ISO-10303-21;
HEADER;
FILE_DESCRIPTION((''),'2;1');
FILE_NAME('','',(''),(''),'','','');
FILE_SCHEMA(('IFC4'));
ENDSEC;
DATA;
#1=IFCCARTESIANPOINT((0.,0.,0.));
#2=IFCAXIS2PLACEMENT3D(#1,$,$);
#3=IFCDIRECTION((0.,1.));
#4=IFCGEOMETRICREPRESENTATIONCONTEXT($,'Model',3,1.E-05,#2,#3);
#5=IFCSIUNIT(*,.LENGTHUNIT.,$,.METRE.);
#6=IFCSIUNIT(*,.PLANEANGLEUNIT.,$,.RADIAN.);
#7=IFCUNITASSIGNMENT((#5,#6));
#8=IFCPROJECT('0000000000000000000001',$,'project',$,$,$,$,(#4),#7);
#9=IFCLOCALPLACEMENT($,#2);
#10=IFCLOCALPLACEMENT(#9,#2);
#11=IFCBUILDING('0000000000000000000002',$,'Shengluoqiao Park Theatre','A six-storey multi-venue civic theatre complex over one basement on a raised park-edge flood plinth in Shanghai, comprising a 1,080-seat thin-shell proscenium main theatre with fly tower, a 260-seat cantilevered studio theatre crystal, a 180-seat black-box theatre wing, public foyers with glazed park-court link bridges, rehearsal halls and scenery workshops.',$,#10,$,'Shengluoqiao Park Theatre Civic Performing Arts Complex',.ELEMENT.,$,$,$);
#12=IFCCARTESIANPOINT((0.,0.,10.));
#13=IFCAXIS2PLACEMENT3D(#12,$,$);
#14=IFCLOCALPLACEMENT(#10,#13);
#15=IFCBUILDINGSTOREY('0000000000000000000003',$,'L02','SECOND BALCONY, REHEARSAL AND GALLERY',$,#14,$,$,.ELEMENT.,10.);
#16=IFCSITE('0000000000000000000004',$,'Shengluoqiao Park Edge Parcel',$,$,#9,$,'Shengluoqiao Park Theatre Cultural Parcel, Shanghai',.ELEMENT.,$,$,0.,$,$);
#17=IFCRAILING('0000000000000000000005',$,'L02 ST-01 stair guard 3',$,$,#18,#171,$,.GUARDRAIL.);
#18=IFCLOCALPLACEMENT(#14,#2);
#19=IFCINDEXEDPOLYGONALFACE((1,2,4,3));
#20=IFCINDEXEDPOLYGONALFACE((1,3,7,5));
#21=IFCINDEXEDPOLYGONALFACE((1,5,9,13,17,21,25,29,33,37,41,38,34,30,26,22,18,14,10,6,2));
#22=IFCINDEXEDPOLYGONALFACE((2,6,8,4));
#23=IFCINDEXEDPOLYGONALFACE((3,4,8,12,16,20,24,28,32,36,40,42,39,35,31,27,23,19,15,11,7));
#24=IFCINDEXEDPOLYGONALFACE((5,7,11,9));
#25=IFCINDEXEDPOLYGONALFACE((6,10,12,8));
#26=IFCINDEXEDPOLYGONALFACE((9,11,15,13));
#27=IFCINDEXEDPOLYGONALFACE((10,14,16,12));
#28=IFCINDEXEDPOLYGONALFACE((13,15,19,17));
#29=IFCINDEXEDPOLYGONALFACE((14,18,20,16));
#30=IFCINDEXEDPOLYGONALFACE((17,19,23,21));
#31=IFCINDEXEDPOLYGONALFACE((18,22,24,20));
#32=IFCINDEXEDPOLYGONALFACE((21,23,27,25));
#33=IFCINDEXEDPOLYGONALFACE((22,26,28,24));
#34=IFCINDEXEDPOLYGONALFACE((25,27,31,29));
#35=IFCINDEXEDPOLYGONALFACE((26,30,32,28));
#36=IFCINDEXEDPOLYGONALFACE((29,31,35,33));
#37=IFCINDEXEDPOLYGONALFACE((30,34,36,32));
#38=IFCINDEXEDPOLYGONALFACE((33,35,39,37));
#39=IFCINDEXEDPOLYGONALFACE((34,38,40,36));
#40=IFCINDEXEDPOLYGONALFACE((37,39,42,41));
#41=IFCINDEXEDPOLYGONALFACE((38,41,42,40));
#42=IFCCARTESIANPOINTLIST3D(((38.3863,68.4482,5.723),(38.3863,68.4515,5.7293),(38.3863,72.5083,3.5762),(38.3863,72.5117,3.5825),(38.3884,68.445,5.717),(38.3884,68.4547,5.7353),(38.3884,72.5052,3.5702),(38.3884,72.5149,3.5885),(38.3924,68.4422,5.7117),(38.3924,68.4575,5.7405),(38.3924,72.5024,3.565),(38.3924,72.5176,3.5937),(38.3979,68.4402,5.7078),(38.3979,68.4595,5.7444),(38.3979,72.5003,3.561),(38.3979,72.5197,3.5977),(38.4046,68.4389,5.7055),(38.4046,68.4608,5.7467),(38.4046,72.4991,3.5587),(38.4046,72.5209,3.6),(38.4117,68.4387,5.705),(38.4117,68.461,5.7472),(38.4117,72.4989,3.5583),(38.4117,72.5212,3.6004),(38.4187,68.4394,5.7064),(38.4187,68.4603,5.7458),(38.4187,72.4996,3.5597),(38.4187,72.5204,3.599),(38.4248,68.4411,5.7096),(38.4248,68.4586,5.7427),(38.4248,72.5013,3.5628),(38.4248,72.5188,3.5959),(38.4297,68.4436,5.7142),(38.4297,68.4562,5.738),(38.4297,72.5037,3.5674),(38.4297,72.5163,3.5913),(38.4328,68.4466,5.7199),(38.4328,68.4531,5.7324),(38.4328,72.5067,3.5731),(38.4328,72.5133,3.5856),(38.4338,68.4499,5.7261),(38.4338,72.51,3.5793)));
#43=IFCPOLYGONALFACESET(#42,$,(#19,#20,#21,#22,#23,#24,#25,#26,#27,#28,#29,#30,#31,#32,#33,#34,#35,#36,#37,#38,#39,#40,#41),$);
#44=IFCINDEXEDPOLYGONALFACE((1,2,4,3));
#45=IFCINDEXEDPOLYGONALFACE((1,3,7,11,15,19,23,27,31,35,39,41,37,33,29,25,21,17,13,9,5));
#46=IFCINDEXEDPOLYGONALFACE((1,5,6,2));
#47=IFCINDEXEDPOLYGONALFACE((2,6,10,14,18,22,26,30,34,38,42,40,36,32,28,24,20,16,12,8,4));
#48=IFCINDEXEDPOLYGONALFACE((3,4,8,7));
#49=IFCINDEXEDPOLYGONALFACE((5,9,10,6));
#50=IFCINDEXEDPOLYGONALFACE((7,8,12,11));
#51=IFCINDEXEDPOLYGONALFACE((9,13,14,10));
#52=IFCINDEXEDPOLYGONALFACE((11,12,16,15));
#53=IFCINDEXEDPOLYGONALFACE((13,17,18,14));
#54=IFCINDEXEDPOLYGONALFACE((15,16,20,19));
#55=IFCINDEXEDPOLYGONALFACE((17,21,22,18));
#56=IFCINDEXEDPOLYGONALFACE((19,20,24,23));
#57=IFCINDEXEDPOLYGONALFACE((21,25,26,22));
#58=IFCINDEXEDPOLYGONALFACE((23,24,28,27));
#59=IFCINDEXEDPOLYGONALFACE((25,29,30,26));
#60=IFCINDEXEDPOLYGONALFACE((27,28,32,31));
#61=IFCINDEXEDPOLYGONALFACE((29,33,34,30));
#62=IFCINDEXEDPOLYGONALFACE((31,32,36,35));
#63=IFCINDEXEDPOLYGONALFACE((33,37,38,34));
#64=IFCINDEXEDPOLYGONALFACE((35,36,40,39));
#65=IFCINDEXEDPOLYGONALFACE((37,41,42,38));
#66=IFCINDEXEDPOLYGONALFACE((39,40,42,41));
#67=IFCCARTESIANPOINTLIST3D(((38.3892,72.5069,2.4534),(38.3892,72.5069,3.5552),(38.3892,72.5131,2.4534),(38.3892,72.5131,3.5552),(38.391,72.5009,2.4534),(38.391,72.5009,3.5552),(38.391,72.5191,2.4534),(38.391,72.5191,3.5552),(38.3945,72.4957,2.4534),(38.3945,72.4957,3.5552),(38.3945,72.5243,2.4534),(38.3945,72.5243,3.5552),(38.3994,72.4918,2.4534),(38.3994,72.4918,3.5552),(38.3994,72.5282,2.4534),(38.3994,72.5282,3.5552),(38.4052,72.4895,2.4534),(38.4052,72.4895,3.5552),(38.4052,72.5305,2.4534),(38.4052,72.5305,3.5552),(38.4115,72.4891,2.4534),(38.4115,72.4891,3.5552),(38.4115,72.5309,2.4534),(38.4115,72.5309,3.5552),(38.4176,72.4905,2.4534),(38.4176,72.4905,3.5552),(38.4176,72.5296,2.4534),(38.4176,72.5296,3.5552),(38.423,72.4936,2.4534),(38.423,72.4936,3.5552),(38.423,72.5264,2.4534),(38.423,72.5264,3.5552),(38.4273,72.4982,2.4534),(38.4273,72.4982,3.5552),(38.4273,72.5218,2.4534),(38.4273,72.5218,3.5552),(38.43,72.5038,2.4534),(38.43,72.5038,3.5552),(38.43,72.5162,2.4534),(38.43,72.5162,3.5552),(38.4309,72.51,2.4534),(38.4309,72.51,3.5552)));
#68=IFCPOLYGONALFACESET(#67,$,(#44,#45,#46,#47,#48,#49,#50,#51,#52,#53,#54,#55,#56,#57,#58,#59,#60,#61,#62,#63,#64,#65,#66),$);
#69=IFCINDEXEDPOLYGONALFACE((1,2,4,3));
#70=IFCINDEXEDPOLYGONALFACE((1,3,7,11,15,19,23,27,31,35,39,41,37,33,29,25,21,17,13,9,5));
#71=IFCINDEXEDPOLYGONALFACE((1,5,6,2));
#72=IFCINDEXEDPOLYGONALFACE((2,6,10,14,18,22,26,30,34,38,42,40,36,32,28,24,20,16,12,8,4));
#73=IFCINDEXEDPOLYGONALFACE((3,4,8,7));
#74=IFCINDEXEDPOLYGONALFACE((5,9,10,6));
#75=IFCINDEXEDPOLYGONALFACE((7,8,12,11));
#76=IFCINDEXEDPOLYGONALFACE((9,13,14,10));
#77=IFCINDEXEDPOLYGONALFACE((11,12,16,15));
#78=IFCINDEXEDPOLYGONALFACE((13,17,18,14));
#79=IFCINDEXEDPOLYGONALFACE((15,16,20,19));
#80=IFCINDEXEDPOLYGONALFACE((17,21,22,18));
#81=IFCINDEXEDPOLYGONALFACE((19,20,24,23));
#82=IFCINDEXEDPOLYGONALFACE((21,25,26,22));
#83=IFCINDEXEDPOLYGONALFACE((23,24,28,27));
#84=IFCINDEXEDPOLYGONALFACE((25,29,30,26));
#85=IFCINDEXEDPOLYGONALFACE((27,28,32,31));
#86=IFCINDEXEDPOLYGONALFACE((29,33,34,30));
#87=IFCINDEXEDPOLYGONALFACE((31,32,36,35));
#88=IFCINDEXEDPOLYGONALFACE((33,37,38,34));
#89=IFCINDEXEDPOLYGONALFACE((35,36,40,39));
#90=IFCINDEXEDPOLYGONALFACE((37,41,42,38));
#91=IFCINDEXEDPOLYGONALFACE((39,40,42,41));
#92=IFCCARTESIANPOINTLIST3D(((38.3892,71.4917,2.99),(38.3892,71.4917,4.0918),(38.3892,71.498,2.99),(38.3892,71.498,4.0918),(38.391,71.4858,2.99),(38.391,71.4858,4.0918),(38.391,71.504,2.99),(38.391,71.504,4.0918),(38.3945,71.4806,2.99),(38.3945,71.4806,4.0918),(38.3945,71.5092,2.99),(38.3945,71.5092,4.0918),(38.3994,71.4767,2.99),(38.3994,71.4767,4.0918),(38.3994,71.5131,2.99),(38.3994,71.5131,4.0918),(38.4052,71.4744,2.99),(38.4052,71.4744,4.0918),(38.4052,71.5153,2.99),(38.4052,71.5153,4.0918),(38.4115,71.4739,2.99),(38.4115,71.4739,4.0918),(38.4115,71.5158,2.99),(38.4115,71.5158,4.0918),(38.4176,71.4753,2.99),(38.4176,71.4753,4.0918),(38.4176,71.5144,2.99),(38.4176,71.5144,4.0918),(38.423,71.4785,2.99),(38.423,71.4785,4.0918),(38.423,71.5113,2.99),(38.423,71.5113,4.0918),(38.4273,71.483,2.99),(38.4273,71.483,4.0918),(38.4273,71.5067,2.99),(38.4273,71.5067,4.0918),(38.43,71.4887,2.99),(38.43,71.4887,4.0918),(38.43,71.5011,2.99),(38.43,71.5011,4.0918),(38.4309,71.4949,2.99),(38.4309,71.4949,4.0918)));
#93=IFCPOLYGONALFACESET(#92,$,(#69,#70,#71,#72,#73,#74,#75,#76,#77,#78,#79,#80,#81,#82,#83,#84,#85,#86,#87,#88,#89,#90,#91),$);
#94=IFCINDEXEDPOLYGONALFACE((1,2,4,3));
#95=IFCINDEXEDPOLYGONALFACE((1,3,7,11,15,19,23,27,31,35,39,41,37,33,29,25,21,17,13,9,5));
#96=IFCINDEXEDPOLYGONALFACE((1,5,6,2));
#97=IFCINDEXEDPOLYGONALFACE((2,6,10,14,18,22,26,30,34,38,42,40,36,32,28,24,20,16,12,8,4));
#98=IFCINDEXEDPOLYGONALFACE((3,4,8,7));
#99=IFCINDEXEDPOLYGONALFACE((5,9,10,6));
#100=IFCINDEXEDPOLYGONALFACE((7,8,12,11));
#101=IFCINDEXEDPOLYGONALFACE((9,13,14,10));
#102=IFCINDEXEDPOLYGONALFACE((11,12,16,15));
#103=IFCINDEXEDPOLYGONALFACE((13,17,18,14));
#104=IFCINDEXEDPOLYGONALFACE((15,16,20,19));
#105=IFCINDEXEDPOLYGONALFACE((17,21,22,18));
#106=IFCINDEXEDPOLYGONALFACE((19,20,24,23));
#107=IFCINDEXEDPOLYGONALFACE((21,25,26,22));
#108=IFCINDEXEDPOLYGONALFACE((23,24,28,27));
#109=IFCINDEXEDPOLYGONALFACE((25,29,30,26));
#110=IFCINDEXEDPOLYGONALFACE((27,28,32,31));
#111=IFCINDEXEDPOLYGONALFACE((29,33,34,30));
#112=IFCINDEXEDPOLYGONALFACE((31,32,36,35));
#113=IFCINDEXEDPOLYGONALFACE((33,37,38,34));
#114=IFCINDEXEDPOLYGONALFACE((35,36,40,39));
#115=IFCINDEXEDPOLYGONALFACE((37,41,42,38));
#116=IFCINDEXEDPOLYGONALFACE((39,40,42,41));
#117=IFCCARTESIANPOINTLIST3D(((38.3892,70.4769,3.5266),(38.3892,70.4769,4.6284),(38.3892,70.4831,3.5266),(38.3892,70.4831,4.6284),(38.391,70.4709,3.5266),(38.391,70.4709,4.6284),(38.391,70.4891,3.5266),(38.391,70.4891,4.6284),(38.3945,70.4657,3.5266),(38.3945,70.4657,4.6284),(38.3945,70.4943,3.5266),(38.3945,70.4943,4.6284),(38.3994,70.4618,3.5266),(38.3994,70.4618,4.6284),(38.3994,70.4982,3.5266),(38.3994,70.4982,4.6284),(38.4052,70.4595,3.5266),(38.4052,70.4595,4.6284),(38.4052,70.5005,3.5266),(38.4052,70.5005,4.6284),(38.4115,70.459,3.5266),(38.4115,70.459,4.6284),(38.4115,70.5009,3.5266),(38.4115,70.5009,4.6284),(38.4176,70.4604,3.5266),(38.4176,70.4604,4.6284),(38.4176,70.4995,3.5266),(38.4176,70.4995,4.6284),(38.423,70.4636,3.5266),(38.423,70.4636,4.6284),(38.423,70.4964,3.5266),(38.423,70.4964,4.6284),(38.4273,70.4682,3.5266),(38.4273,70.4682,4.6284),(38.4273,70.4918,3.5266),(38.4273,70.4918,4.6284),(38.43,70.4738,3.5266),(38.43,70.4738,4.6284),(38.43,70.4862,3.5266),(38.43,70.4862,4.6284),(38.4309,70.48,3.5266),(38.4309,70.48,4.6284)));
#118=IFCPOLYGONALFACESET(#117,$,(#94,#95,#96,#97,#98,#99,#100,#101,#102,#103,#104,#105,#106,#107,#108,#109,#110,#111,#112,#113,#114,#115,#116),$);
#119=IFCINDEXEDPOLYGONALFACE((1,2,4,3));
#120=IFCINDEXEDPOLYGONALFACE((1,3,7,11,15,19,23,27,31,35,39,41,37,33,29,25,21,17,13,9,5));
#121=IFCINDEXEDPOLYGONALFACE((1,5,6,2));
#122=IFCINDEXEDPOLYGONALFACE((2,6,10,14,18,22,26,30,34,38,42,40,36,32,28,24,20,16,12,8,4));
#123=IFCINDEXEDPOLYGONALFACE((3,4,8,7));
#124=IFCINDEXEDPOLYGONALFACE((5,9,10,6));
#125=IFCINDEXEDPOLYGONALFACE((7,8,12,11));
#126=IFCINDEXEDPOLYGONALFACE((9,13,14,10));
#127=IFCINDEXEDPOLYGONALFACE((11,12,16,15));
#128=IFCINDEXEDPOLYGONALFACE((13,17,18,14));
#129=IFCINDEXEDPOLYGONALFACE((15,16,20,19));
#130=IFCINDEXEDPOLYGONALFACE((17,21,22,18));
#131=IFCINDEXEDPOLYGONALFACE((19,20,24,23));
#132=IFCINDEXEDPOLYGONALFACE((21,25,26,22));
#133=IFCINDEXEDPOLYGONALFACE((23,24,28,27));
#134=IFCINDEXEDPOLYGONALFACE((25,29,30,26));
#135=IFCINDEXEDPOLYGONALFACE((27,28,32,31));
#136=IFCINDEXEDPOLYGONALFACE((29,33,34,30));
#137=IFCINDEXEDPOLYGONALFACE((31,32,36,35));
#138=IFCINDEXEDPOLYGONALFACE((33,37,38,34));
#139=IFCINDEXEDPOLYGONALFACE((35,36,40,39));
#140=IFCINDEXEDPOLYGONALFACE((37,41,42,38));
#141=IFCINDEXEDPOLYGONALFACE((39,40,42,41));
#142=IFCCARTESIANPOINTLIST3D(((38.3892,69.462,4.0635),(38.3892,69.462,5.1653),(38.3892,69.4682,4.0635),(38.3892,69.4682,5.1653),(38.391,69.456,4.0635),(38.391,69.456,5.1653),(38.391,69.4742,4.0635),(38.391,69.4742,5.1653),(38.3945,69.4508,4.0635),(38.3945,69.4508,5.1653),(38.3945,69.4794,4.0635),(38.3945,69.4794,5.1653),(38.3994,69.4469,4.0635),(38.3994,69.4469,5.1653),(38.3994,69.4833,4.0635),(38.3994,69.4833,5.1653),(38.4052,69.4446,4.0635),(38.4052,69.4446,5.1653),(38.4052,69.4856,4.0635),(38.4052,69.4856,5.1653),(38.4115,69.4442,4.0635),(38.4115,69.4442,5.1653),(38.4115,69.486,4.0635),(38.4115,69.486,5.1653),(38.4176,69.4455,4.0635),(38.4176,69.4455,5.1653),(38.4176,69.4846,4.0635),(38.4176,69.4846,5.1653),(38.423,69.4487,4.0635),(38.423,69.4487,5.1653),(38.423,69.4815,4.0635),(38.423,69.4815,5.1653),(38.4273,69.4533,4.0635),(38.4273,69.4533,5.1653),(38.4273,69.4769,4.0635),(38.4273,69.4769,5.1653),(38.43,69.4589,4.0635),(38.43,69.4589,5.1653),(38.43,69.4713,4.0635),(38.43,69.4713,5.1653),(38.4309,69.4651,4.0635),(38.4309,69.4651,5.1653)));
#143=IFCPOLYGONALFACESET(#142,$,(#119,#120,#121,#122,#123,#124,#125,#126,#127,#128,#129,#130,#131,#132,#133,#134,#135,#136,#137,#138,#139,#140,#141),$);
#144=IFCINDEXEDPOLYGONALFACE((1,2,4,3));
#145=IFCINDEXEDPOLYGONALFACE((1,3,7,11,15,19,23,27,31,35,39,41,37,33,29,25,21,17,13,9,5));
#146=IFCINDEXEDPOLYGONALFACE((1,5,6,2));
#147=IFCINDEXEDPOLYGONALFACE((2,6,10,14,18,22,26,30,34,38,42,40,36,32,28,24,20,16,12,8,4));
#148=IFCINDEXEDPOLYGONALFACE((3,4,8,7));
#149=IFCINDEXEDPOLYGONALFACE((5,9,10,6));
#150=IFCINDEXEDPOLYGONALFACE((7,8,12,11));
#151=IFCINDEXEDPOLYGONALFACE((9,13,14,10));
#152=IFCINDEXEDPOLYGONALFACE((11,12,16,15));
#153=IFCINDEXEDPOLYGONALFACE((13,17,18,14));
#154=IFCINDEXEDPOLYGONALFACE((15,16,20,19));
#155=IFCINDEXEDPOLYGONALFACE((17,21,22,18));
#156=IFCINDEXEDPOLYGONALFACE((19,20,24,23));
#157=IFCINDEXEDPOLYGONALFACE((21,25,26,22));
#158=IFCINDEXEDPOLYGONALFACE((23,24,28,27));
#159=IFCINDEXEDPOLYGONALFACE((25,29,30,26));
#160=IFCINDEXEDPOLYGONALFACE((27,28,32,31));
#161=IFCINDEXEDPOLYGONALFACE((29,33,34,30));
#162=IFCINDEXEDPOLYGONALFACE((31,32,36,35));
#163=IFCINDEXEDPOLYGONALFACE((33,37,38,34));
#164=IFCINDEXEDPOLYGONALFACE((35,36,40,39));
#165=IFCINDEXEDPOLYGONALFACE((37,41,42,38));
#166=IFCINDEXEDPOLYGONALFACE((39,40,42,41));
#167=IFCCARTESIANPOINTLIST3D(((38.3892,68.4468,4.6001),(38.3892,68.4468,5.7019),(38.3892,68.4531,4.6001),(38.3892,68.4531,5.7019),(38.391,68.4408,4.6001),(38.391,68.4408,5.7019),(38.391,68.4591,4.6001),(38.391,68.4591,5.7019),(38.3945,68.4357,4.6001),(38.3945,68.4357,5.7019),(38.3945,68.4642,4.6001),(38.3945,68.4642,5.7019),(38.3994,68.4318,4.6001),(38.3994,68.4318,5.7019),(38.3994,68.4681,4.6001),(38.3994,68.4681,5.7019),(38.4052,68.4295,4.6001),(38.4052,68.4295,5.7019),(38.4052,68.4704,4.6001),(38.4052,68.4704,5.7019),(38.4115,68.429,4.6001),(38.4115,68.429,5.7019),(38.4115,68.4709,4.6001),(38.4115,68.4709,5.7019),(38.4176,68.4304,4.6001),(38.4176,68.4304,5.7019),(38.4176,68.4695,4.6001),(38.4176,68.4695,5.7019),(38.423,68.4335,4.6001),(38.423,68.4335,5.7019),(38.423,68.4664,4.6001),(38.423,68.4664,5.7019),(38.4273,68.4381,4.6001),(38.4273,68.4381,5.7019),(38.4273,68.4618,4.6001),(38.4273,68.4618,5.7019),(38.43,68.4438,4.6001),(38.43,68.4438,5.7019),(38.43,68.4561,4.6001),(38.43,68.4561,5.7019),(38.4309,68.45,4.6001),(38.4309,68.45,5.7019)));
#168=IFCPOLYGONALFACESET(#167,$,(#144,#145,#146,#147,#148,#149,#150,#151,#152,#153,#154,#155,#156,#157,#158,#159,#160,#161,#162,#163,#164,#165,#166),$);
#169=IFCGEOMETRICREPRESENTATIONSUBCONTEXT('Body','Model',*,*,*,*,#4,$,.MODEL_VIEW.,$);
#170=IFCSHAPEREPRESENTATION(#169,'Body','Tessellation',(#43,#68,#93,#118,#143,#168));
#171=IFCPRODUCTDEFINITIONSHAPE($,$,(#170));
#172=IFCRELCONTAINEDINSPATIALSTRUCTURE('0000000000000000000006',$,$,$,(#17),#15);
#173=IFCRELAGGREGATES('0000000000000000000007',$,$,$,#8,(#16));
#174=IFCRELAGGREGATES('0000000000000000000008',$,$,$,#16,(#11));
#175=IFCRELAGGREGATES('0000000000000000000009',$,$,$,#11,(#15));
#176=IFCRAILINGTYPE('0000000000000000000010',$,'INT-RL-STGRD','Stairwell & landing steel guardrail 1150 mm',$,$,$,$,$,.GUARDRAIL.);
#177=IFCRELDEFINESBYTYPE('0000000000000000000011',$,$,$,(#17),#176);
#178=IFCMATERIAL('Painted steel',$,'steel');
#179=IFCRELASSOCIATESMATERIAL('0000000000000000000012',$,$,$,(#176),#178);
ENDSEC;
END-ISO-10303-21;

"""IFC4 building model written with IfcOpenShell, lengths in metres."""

from ifc_helpers import new_model, si_unit, direction, frame, origin, origin_2d, place, context, subcontext, project, spatial, circle, extrude, material, type_object, element, save


model = new_model("IFC4")

# Units and contexts
model_context = context("Model", 3, precision=1e-05, world=origin(), true_north=direction((0.0, 1.0)))
body_context = subcontext(model_context, "Body", "Model", "MODEL_VIEW")
ifc_project = project(units=[si_unit("LENGTHUNIT", "METRE"), si_unit("PLANEANGLEUNIT", "RADIAN")], contexts=[model_context])

# Site, building, storey
site_placement = place(None, origin())
site = spatial("IfcSite", under=ifc_project, at=site_placement, Name="Shengluoqiao Park Edge Parcel", LongName="Shengluoqiao Park Theatre Cultural Parcel, Shanghai", CompositionType="ELEMENT", RefElevation=0.0)
building_placement = place(site_placement, origin())
building = spatial("IfcBuilding", under=site, at=building_placement, Name="Shengluoqiao Park Theatre", Description="A six-storey multi-venue civic theatre complex over one basement on a raised park-edge flood plinth in Shanghai, comprising a 1,080-seat thin-shell proscenium main theatre with fly tower, a 260-seat cantilevered studio theatre crystal, a 180-seat black-box theatre wing, public foyers with glazed park-court link bridges, rehearsal halls and scenery workshops.", LongName="Shengluoqiao Park Theatre Civic Performing Arts Complex", CompositionType="ELEMENT")
storey_placement = place(building_placement, frame((0.0, 0.0, 10.0)))
storey = spatial("IfcBuildingStorey", under=building, at=storey_placement, Name="L02", Description="SECOND BALCONY, REHEARSAL AND GALLERY", CompositionType="ELEMENT", Elevation=10.0)

# Railing
ifc_material_1 = material(Name="Painted steel", Category="steel")
railing_type_1 = type_object("IfcRailingType", Name="INT-RL-STGRD", Description="Stairwell & landing steel guardrail 1150 mm", PredefinedType="GUARDRAIL", material=ifc_material_1)
railing_1_placement = place(storey_placement, frame((38.4099, 72.51, 2.4534)))
element("IfcRailing", 1, at=railing_1_placement, inside=storey, type_object=railing_type_1, Name="L02 ST-01 stair guard 3", PredefinedType="GUARDRAIL", context=body_context, shape_type="SweptSolid", body=[
    extrude(circle(Radius=0.0239, at=origin_2d()), frame((0.0, 0.0, 1.126), z_axis=(0.0, -0.884032, 0.467426), x_axis=(1.0, 0.0, 0.0)), (0.0, 0.0, 1.0), 4.5928),
    extrude(circle(Radius=0.021, at=origin_2d()), origin(), (0.0, 0.0, 1.0), 1.1018),
    extrude(circle(Radius=0.021, at=origin_2d()), frame((0.0, -1.0151, 0.5366)), (0.0, 0.0, 1.0), 1.1018),
    extrude(circle(Radius=0.021, at=origin_2d()), frame((0.0, -2.03, 1.0732)), (0.0, 0.0, 1.0), 1.1018),
    extrude(circle(Radius=0.021, at=origin_2d()), frame((0.0, -3.0449, 1.6101)), (0.0, 0.0, 1.0), 1.1018),
    extrude(circle(Radius=0.021, at=origin_2d()), frame((0.0, -4.0601, 2.1467)), (0.0, 0.0, 1.0), 1.1018),
])

save(model, "model.ifc")
